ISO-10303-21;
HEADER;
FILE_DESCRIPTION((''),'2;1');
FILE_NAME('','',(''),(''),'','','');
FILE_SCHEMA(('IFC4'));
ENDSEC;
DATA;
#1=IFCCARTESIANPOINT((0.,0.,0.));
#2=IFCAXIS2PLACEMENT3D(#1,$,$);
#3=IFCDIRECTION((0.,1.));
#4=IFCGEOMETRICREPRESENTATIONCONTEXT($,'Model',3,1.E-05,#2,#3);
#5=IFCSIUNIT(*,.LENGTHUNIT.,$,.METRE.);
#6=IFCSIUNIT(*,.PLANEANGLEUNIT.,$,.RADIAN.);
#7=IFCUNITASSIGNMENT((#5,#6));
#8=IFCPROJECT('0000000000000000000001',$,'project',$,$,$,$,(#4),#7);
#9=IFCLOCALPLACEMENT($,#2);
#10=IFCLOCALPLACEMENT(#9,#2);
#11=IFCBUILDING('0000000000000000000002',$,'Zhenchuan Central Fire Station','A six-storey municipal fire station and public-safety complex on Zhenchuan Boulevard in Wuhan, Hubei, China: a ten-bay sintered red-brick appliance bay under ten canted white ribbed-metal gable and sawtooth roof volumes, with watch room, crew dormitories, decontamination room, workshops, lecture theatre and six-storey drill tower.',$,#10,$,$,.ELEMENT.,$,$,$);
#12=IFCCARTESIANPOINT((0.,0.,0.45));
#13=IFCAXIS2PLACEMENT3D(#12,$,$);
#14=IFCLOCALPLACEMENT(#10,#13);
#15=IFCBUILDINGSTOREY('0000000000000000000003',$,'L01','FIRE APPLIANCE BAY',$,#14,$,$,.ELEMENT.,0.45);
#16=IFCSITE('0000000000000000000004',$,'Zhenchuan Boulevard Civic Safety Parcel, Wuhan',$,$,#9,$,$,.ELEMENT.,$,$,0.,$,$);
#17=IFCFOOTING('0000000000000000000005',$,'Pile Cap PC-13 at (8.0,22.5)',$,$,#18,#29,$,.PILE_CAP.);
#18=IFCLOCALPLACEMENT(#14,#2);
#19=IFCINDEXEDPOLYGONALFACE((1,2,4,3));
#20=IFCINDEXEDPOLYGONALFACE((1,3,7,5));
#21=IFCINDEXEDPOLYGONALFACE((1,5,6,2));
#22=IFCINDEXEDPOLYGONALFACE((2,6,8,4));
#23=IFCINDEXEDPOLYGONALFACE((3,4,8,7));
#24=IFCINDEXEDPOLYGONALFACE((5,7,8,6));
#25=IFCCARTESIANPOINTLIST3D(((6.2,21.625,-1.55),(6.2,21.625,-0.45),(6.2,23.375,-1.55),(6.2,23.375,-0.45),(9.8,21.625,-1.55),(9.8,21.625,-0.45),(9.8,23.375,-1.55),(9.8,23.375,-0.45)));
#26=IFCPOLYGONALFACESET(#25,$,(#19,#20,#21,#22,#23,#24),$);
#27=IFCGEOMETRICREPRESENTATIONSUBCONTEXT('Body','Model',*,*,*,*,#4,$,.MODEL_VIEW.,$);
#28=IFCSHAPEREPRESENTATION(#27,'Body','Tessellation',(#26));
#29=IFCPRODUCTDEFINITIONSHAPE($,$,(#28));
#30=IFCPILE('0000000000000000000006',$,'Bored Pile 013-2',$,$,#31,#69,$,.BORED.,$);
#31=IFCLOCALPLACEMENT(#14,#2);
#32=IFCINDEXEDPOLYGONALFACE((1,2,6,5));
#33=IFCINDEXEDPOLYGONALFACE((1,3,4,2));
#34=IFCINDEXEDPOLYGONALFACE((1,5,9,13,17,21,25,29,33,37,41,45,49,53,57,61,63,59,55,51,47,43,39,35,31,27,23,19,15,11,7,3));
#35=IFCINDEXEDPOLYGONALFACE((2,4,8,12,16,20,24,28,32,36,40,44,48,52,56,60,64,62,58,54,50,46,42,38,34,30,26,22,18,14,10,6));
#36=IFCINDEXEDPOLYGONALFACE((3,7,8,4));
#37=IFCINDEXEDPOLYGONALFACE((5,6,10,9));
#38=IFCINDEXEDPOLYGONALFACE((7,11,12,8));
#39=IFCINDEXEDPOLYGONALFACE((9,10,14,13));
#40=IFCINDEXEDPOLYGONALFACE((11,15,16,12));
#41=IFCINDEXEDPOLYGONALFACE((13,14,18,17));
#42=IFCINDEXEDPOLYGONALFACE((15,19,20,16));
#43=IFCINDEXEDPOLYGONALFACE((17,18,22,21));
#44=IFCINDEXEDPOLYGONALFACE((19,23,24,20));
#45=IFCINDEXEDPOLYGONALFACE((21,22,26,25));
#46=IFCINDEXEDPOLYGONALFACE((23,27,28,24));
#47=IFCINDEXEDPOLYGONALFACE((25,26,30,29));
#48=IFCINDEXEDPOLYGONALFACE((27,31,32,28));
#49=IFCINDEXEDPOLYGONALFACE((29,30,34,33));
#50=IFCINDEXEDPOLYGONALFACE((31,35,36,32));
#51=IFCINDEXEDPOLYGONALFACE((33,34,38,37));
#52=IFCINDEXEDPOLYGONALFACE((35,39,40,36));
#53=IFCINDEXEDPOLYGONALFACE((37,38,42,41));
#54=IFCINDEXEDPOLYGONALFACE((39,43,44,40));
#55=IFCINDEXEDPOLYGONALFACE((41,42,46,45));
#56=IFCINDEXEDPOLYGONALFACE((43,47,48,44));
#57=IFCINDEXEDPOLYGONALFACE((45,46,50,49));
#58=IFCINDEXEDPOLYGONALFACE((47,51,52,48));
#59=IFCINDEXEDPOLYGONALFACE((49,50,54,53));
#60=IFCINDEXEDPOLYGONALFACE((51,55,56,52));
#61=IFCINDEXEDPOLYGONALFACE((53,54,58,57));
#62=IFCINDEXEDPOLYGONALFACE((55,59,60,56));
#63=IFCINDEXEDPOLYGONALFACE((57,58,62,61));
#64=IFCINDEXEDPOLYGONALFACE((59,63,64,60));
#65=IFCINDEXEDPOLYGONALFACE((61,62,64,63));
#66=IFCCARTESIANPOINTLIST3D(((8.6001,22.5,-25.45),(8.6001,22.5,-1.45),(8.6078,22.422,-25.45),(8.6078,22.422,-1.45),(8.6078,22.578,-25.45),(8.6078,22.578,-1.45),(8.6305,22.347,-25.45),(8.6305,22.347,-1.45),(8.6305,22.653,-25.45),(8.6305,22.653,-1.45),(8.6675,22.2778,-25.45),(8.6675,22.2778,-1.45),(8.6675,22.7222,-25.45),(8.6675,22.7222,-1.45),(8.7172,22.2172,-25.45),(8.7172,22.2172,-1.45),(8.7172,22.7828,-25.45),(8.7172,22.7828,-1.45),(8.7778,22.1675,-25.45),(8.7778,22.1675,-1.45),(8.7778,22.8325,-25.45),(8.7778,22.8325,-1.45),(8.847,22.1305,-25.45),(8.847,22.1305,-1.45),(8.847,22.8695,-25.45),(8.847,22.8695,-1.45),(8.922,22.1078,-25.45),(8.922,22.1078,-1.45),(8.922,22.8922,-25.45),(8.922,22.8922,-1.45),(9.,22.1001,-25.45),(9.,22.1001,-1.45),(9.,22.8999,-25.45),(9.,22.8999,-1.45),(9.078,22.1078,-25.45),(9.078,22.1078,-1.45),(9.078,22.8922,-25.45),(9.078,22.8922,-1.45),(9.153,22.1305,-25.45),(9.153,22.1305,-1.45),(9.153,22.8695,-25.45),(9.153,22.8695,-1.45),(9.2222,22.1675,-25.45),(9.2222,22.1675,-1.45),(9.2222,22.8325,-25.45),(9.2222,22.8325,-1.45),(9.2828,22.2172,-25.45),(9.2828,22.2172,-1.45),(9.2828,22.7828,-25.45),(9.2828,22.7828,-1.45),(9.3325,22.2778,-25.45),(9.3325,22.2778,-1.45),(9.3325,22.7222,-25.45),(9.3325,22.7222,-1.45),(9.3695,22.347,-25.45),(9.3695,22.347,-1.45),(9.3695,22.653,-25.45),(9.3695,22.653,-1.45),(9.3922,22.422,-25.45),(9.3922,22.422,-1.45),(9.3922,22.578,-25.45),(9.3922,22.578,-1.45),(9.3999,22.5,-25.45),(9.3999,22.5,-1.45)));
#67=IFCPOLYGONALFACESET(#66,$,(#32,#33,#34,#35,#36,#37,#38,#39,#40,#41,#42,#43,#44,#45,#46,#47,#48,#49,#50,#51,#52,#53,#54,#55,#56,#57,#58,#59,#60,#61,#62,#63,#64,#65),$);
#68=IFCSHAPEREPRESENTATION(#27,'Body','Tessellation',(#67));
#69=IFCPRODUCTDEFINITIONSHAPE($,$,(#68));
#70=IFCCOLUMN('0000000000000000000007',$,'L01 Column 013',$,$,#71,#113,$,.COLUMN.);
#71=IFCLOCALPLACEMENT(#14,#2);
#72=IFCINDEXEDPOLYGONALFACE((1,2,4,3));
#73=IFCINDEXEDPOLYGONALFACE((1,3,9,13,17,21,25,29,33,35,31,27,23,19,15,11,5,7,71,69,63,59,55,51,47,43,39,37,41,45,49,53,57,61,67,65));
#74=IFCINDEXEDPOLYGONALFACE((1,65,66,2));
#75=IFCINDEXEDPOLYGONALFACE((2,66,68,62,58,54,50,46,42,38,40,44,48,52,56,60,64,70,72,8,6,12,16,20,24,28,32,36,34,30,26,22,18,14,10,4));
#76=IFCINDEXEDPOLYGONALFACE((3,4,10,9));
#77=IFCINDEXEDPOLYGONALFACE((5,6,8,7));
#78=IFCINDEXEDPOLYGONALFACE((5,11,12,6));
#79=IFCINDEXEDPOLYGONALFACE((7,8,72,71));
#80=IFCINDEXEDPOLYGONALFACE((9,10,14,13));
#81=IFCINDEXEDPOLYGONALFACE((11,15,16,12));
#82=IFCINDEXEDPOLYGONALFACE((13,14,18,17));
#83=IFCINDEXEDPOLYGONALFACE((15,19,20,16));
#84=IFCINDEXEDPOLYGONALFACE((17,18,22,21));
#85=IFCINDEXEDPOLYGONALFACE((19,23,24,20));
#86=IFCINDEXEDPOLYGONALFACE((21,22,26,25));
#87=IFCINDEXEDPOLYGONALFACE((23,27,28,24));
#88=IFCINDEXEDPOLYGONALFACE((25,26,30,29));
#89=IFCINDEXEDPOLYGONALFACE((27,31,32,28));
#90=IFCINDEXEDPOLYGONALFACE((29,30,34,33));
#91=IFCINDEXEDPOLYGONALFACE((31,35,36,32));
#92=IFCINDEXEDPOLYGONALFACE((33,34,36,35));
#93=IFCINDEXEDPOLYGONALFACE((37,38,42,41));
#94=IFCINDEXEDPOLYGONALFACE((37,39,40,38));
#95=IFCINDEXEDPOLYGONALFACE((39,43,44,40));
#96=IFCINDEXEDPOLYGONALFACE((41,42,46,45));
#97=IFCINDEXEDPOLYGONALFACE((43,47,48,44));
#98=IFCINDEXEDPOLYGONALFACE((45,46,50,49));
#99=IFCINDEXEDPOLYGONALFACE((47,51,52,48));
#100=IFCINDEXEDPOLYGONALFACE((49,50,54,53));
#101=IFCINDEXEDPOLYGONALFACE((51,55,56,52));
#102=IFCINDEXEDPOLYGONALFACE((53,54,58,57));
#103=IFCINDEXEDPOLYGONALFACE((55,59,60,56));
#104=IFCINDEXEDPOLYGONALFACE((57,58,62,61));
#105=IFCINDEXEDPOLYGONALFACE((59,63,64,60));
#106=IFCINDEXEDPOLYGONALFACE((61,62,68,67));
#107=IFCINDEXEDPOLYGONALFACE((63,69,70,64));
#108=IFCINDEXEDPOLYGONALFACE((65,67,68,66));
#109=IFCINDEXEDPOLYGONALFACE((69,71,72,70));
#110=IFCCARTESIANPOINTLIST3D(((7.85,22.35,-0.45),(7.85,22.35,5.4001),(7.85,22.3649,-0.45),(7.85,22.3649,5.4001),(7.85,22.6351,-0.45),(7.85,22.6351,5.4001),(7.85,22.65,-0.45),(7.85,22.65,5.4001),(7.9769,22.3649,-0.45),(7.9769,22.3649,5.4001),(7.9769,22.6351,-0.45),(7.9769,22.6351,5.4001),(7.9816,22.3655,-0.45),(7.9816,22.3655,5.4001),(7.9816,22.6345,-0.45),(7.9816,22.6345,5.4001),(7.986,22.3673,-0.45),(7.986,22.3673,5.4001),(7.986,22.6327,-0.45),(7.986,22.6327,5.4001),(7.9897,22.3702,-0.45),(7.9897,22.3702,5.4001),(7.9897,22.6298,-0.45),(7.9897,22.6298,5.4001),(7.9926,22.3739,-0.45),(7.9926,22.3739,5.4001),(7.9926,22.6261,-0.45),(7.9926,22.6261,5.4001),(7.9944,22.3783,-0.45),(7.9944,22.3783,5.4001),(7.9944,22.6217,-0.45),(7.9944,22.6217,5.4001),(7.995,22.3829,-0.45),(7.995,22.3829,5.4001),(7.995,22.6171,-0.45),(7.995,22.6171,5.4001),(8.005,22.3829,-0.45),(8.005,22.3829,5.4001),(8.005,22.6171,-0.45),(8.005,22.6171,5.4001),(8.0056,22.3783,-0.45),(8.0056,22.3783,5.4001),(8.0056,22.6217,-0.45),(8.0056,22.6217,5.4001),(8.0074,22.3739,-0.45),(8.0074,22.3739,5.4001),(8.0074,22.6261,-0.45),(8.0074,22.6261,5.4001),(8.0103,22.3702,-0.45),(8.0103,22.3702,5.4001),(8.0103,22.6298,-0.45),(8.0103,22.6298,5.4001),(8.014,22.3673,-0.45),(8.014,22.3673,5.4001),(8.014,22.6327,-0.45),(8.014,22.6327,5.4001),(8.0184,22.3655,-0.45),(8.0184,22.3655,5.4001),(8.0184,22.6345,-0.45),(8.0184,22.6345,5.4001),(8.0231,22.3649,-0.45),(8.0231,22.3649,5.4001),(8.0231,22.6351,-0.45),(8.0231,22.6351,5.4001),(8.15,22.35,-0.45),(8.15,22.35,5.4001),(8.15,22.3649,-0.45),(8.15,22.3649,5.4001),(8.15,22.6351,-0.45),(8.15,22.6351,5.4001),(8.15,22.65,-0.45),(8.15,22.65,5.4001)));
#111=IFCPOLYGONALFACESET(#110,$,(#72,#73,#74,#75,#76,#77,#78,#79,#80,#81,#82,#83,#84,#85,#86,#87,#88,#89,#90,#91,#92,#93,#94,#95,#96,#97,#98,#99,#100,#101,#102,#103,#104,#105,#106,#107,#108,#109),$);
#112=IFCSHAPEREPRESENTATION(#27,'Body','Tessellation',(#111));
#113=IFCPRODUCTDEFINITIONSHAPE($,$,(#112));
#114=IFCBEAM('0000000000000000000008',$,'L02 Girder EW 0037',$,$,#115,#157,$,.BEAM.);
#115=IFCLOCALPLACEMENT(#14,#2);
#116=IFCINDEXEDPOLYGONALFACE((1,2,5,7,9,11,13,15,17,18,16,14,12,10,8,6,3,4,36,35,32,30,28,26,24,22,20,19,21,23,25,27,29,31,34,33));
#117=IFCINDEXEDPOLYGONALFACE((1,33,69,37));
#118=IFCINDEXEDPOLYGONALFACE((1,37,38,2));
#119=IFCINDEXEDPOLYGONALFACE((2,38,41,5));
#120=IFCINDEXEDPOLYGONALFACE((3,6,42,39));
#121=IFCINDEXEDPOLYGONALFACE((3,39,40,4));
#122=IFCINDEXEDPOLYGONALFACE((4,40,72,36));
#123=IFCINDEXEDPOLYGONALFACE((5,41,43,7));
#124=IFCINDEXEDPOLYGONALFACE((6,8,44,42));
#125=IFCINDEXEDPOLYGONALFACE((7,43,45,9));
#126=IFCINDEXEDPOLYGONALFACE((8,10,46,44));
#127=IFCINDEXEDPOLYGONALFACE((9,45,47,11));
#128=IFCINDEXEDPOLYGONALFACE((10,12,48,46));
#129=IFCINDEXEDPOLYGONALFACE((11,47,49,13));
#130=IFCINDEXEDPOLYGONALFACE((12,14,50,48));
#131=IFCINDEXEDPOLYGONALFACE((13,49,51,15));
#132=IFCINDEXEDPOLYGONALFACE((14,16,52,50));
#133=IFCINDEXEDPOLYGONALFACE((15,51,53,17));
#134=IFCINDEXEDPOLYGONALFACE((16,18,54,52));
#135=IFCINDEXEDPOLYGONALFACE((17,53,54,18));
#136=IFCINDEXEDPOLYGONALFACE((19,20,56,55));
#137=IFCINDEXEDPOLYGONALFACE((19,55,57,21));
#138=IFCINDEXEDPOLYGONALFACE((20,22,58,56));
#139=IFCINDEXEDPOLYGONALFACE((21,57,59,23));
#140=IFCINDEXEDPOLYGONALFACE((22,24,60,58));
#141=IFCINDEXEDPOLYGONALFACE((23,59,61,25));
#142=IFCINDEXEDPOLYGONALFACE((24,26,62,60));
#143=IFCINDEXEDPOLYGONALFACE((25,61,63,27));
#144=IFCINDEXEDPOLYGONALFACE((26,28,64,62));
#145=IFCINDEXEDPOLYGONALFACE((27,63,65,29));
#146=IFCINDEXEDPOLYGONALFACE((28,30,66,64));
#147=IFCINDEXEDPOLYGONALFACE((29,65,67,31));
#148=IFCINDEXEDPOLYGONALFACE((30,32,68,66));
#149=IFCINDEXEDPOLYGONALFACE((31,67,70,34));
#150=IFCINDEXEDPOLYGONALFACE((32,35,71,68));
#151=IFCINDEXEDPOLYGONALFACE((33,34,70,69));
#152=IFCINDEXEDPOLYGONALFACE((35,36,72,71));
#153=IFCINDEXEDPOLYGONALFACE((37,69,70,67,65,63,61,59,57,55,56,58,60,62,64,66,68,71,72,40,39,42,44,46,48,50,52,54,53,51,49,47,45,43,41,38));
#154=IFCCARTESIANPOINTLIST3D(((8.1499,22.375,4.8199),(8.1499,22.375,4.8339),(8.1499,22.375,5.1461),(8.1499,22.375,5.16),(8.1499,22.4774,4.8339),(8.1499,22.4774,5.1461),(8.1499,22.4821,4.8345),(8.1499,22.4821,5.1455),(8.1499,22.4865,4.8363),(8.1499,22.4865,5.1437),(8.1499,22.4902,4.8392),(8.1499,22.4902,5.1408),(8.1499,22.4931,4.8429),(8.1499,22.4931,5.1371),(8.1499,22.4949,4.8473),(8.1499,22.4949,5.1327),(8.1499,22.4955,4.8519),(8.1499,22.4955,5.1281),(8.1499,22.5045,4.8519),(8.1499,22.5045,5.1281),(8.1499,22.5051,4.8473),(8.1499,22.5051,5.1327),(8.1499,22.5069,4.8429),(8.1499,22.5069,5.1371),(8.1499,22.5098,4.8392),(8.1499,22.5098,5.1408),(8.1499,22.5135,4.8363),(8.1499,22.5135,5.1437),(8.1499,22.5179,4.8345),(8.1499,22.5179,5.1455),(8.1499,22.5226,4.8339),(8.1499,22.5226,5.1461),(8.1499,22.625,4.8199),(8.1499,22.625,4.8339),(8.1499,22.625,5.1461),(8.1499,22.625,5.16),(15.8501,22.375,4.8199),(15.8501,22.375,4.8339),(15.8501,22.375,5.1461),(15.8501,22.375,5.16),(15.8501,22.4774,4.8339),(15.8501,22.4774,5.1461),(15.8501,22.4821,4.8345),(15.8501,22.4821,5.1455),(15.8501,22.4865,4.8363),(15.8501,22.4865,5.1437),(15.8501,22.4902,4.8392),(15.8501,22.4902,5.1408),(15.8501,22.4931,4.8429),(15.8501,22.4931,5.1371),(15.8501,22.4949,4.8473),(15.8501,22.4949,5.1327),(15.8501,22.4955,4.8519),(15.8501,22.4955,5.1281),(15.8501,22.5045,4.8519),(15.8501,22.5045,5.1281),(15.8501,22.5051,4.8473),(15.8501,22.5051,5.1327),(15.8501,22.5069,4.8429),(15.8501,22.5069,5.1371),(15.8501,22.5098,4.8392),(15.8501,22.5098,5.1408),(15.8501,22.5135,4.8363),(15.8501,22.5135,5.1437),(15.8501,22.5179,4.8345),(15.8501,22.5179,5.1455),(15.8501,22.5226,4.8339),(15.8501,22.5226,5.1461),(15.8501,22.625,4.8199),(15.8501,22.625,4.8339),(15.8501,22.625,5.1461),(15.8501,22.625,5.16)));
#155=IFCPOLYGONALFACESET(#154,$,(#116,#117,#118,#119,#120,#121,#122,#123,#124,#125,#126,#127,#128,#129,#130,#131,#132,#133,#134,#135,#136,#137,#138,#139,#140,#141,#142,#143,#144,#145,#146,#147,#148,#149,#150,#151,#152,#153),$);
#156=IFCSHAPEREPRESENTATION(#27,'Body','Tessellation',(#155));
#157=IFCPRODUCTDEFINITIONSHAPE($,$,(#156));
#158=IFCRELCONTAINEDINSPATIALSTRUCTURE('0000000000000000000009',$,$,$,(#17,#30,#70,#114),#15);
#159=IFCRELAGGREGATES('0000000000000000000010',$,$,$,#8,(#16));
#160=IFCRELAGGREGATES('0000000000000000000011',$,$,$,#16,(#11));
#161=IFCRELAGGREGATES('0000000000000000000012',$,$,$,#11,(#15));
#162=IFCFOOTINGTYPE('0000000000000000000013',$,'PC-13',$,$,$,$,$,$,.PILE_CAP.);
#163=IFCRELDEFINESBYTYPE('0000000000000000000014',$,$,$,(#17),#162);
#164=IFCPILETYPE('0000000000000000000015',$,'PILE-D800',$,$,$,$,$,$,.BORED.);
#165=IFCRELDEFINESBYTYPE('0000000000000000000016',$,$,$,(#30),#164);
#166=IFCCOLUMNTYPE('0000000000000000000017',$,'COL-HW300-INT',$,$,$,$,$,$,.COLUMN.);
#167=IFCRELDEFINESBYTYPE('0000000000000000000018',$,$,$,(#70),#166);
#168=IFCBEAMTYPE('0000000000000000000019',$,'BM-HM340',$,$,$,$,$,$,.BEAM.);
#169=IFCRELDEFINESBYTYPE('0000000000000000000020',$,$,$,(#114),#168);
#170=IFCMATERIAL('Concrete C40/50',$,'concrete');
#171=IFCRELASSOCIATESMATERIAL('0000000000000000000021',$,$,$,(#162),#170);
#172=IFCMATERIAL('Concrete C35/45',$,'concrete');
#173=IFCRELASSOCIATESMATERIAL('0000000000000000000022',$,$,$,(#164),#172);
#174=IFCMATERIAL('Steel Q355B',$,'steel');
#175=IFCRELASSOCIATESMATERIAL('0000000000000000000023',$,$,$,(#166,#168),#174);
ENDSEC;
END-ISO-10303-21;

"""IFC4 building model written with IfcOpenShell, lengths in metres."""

from ifc_helpers import new_model, si_unit, direction, frame, origin, origin_2d, place, context, subcontext, project, spatial, rectangle, circle, i_section, extrude, material, material_profile, profile_set, type_object, element, save


model = new_model("IFC4")

# Units and contexts
model_context = context("Model", 3, precision=1e-05, world=origin(), true_north=direction((0.0, 1.0)))
body_context = subcontext(model_context, "Body", "Model", "MODEL_VIEW")
ifc_project = project(units=[si_unit("LENGTHUNIT", "METRE"), si_unit("PLANEANGLEUNIT", "RADIAN")], contexts=[model_context])

# Site, building, storey
site_placement = place(None, origin())
site = spatial("IfcSite", under=ifc_project, at=site_placement, Name="Zhenchuan Boulevard Civic Safety Parcel, Wuhan", CompositionType="ELEMENT", RefElevation=0.0)
building_placement = place(site_placement, origin())
building = spatial("IfcBuilding", under=site, at=building_placement, Name="Zhenchuan Central Fire Station", Description="A six-storey municipal fire station and public-safety complex on Zhenchuan Boulevard in Wuhan, Hubei, China: a ten-bay sintered red-brick appliance bay under ten canted white ribbed-metal gable and sawtooth roof volumes, with watch room, crew dormitories, decontamination room, workshops, lecture theatre and six-storey drill tower.", CompositionType="ELEMENT")
storey_placement = place(building_placement, frame((0.0, 0.0, 0.45)))
storey = spatial("IfcBuildingStorey", under=building, at=storey_placement, Name="L01", Description="FIRE APPLIANCE BAY", CompositionType="ELEMENT", Elevation=0.45)

# Footing
ifc_material_1 = material(Name="Concrete C40/50", Category="concrete")
footing_type = type_object("IfcFootingType", Name="PC-13", PredefinedType="PILE_CAP", material=ifc_material_1)
footing_placement = place(storey_placement, frame((8.0, 22.5, -1.55), z_axis=(0.0, 0.0, 1.0), x_axis=(1.0, 0.0, 0.0)))
element("IfcFooting", 1, at=footing_placement, inside=storey, type_object=footing_type, Name="Pile Cap PC-13 at (8.0,22.5)", PredefinedType="PILE_CAP", context=body_context, shape_type="SweptSolid", body=[
    extrude(rectangle(XDim=3.6001, YDim=1.75, at=origin_2d()), origin(), (0.0, 0.0, 1.0), 1.1001),
])

# Pile
ifc_material_2 = material(Name="Concrete C35/45", Category="concrete")
ifc_material_profile_1 = material_profile(ifc_material_2, circle(Radius=0.3999, at=origin_2d()), Name="PILE D800")
ifc_profile_set_1 = profile_set([ifc_material_profile_1], Name="Concrete C35/45")
pile_type = type_object("IfcPileType", Name="PILE-D800", PredefinedType="BORED", material=ifc_profile_set_1)
pile_placement = place(storey_placement, frame((9.0, 22.5, -1.45), z_axis=(0.0, 0.0, -1.0), x_axis=(1.0, 0.0, 0.0)))
element("IfcPile", 2, at=pile_placement, inside=storey, type_object=pile_type, Name="Bored Pile 013-2", PredefinedType="BORED", context=body_context, shape_type="SweptSolid", body=[
    extrude(circle(Radius=0.3999, at=origin_2d()), origin(), (0.0, 0.0, 1.0), 24.0),
])

# Column
ifc_material_3 = material(Name="Steel Q355B", Category="steel")
ifc_material_profile_2 = material_profile(ifc_material_3, i_section(OverallWidth=0.3, OverallDepth=0.3, WebThickness=0.01, FlangeThickness=0.0149, FilletRadius=0.0181, at=origin_2d()), Name="HW 300x300")
ifc_profile_set_2 = profile_set([ifc_material_profile_2], Name="Steel Q355B")
column_type = type_object("IfcColumnType", Name="COL-HW300-INT", PredefinedType="COLUMN", material=ifc_profile_set_2)
column_placement = place(storey_placement, frame((8.0, 22.5, -0.45), z_axis=(0.0, 0.0, 1.0), x_axis=(1.0, 0.0, 0.0)))
element("IfcColumn", 3, at=column_placement, inside=storey, type_object=column_type, Name="L01 Column 013", PredefinedType="COLUMN", context=body_context, shape_type="SweptSolid", body=[
    extrude(i_section(OverallWidth=0.3, OverallDepth=0.3, WebThickness=0.01, FlangeThickness=0.0149, FilletRadius=0.0181, at=origin_2d()), origin(), (0.0, 0.0, 1.0), 5.8501),
])

# Beam
ifc_material_profile_3 = material_profile(ifc_material_3, i_section(OverallWidth=0.25, OverallDepth=0.3401, WebThickness=0.009, FlangeThickness=0.0139, FilletRadius=0.0181, at=origin_2d()), Name="HM 340x250")
ifc_profile_set_3 = profile_set([ifc_material_profile_3], Name="Steel Q355B")
beam_type_1 = type_object("IfcBeamType", Name="BM-HM340", PredefinedType="BEAM", material=ifc_profile_set_3)
beam_1_placement = place(storey_placement, frame((8.1499, 22.5, 4.99), z_axis=(1.0, 0.0, 0.0), x_axis=(0.0, 1.0, 0.0)))
element("IfcBeam", 4, at=beam_1_placement, inside=storey, type_object=beam_type_1, Name="L02 Girder EW 0037", PredefinedType="BEAM", context=body_context, shape_type="SweptSolid", body=[
    extrude(i_section(OverallWidth=0.25, OverallDepth=0.3401, WebThickness=0.009, FlangeThickness=0.0139, FilletRadius=0.0181, at=origin_2d()), origin(), (0.0, 0.0, 1.0), 7.7002),
])

save(model, "model.ifc")
